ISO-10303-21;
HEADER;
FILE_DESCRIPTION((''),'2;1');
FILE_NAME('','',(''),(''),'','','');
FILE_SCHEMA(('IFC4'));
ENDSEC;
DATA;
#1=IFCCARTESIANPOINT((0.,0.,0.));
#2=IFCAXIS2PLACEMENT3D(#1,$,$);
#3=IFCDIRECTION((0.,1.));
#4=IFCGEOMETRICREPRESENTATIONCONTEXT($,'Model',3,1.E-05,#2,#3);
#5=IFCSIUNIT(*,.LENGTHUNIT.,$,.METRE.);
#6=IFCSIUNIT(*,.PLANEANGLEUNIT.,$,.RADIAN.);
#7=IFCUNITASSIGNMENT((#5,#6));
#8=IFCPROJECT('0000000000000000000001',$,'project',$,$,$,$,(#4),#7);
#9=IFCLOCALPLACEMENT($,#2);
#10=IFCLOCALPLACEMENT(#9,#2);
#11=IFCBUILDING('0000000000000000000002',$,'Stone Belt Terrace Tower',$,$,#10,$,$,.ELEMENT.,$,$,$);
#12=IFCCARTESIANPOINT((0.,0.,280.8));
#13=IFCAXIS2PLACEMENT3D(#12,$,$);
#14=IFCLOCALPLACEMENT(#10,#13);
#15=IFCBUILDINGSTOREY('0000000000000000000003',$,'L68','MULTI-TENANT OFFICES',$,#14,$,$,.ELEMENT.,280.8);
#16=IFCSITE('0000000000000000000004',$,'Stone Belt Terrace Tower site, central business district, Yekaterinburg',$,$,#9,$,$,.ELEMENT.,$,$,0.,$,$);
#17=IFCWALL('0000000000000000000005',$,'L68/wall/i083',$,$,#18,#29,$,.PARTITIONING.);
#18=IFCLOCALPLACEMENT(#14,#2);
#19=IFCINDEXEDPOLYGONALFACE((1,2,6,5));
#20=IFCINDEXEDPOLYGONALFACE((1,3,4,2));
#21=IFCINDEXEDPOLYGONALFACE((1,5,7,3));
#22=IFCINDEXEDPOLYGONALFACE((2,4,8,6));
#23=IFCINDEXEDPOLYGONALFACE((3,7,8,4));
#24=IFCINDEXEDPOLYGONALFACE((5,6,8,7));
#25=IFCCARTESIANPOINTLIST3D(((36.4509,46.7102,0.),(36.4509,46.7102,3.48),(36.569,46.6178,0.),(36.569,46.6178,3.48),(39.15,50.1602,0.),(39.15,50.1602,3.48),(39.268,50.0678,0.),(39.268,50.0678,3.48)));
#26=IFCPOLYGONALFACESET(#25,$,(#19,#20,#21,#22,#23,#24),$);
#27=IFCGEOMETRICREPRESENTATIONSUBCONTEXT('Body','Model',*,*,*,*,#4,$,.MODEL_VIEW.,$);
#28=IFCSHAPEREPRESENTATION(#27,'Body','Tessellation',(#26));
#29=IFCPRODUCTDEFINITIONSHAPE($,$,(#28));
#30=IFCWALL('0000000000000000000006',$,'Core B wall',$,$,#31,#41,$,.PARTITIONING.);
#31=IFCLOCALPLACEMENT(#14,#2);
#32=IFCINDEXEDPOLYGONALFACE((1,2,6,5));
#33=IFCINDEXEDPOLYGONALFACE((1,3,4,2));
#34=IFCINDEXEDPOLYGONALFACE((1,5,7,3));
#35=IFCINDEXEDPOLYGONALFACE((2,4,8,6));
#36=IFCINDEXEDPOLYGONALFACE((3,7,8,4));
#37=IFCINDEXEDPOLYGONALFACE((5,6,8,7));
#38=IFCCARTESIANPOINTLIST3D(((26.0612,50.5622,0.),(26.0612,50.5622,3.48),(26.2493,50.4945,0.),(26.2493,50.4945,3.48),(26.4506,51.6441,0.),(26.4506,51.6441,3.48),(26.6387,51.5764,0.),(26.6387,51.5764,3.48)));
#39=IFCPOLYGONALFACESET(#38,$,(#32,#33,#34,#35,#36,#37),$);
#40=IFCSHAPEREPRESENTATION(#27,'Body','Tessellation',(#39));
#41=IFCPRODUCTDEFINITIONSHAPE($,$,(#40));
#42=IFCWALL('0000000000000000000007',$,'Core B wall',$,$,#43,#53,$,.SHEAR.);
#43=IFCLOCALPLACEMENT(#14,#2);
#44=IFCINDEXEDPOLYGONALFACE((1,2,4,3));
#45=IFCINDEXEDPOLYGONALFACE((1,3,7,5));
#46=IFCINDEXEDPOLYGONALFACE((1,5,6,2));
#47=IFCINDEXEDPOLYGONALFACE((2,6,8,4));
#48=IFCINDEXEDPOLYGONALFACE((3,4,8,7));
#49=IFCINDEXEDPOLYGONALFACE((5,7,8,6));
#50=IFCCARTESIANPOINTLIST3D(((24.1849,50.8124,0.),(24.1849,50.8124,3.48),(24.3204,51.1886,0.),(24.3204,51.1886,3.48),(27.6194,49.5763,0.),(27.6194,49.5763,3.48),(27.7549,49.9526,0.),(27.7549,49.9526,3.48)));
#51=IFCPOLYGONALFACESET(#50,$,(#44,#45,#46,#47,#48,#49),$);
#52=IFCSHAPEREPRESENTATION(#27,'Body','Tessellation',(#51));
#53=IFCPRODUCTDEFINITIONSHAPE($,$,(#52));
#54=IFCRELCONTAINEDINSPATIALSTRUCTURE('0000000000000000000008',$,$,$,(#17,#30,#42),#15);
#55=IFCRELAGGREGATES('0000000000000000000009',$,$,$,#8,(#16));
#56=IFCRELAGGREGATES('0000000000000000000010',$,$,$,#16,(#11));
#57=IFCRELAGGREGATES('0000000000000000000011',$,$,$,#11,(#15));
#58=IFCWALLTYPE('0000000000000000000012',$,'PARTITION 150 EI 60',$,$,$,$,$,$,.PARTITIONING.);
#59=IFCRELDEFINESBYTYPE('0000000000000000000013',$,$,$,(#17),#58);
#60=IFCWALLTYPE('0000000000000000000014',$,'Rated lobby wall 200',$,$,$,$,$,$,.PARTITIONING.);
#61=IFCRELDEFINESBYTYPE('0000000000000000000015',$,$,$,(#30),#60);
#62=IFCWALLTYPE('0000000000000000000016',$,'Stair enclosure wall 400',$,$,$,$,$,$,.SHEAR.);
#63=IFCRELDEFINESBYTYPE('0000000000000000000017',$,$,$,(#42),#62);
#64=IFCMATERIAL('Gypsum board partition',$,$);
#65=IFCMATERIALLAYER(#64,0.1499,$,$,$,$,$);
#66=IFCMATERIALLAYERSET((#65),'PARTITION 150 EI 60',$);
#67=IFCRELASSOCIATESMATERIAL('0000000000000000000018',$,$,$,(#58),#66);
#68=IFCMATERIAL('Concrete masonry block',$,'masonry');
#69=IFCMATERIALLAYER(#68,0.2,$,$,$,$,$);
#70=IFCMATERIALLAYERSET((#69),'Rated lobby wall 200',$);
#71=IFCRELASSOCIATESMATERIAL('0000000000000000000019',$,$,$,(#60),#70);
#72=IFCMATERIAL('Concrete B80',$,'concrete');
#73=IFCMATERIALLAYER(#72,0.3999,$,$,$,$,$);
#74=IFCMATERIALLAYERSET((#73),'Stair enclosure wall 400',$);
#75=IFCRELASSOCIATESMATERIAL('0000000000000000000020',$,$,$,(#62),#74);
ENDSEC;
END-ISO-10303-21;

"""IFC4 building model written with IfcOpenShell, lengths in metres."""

from ifc_helpers import new_model, si_unit, direction, frame, frame_2d, origin, place, context, subcontext, project, spatial, rectangle, extrude, material, layer, layer_set, type_object, element, save


model = new_model("IFC4")

# Units and contexts
model_context = context("Model", 3, precision=1e-05, world=origin(), true_north=direction((0.0, 1.0)))
body_context = subcontext(model_context, "Body", "Model", "MODEL_VIEW")
ifc_project = project(units=[si_unit("LENGTHUNIT", "METRE"), si_unit("PLANEANGLEUNIT", "RADIAN")], contexts=[model_context])

# Site, building, storey
site_placement = place(None, origin())
site = spatial("IfcSite", under=ifc_project, at=site_placement, Name="Stone Belt Terrace Tower site, central business district, Yekaterinburg", CompositionType="ELEMENT", RefElevation=0.0)
building_placement = place(site_placement, origin())
building = spatial("IfcBuilding", under=site, at=building_placement, Name="Stone Belt Terrace Tower", CompositionType="ELEMENT")
storey_placement = place(building_placement, frame((0.0, 0.0, 280.8)))
storey = spatial("IfcBuildingStorey", under=building, at=storey_placement, Name="L68", Description="MULTI-TENANT OFFICES", CompositionType="ELEMENT", Elevation=280.8)

# Shared definitions
ifc_material_1 = material(Name="Concrete B80", Category="concrete")

# Shared definitions
ifc_material_2 = material(Name="Gypsum board partition")
ifc_layer_1 = layer(ifc_material_2, 0.1499)
ifc_layer_set_1 = layer_set([ifc_layer_1], Name="PARTITION 150 EI 60")
wall_type_1 = type_object("IfcWallType", Name="PARTITION 150 EI 60", PredefinedType="PARTITIONING", material=ifc_layer_set_1)

# Walls
wall_1_placement = place(storey_placement, frame((39.209, 50.114, 0.0), z_axis=(0.0, 0.0, 1.0), x_axis=(-0.616168, -0.787614, 0.0)))
element("IfcWall", 1, at=wall_1_placement, inside=storey, type_object=wall_type_1, Name="L68/wall/i083", PredefinedType="PARTITIONING", context=body_context, shape_type="SweptSolid", body=[
    extrude(rectangle(XDim=4.3804, YDim=0.1499, at=frame_2d((2.1902, 0.0))), origin(), (0.0, 0.0, 1.0), 3.48),
])
ifc_material_3 = material(Name="Concrete masonry block", Category="masonry")
ifc_layer_2 = layer(ifc_material_3, 0.2)
ifc_layer_set_2 = layer_set([ifc_layer_2], Name="Rated lobby wall 200")
wall_type_2 = type_object("IfcWallType", Name="Rated lobby wall 200", PredefinedType="PARTITIONING", material=ifc_layer_set_2)
wall_2_placement = place(storey_placement, frame((26.1553, 50.5283, 0.0), z_axis=(0.0, 0.0, 1.0), x_axis=(0.338622, 0.940923, 0.0)))
element("IfcWall", 2, at=wall_2_placement, inside=storey, type_object=wall_type_2, Name="Core B wall", PredefinedType="PARTITIONING", context=body_context, shape_type="SweptSolid", body=[
    extrude(rectangle(XDim=1.1499, YDim=0.2, at=frame_2d((0.575, 0.0))), origin(), (0.0, 0.0, 1.0), 3.48),
])
ifc_layer_3 = layer(ifc_material_1, 0.3999)
ifc_layer_set_3 = layer_set([ifc_layer_3], Name="Stair enclosure wall 400")
wall_type_3 = type_object("IfcWallType", Name="Stair enclosure wall 400", PredefinedType="SHEAR", material=ifc_layer_set_3)
wall_3_placement = place(storey_placement, frame((27.6873, 49.7644, 0.0), z_axis=(0.0, 0.0, 1.0), x_axis=(-0.940919, 0.338632, 0.0)))
element("IfcWall", 3, at=wall_3_placement, inside=storey, type_object=wall_type_3, Name="Core B wall", PredefinedType="SHEAR", context=body_context, shape_type="SweptSolid", body=[
    extrude(rectangle(XDim=3.6501, YDim=0.3999, at=frame_2d((1.8252, 0.0))), origin(), (0.0, 0.0, 1.0), 3.48),
])

save(model, "model.ifc")
